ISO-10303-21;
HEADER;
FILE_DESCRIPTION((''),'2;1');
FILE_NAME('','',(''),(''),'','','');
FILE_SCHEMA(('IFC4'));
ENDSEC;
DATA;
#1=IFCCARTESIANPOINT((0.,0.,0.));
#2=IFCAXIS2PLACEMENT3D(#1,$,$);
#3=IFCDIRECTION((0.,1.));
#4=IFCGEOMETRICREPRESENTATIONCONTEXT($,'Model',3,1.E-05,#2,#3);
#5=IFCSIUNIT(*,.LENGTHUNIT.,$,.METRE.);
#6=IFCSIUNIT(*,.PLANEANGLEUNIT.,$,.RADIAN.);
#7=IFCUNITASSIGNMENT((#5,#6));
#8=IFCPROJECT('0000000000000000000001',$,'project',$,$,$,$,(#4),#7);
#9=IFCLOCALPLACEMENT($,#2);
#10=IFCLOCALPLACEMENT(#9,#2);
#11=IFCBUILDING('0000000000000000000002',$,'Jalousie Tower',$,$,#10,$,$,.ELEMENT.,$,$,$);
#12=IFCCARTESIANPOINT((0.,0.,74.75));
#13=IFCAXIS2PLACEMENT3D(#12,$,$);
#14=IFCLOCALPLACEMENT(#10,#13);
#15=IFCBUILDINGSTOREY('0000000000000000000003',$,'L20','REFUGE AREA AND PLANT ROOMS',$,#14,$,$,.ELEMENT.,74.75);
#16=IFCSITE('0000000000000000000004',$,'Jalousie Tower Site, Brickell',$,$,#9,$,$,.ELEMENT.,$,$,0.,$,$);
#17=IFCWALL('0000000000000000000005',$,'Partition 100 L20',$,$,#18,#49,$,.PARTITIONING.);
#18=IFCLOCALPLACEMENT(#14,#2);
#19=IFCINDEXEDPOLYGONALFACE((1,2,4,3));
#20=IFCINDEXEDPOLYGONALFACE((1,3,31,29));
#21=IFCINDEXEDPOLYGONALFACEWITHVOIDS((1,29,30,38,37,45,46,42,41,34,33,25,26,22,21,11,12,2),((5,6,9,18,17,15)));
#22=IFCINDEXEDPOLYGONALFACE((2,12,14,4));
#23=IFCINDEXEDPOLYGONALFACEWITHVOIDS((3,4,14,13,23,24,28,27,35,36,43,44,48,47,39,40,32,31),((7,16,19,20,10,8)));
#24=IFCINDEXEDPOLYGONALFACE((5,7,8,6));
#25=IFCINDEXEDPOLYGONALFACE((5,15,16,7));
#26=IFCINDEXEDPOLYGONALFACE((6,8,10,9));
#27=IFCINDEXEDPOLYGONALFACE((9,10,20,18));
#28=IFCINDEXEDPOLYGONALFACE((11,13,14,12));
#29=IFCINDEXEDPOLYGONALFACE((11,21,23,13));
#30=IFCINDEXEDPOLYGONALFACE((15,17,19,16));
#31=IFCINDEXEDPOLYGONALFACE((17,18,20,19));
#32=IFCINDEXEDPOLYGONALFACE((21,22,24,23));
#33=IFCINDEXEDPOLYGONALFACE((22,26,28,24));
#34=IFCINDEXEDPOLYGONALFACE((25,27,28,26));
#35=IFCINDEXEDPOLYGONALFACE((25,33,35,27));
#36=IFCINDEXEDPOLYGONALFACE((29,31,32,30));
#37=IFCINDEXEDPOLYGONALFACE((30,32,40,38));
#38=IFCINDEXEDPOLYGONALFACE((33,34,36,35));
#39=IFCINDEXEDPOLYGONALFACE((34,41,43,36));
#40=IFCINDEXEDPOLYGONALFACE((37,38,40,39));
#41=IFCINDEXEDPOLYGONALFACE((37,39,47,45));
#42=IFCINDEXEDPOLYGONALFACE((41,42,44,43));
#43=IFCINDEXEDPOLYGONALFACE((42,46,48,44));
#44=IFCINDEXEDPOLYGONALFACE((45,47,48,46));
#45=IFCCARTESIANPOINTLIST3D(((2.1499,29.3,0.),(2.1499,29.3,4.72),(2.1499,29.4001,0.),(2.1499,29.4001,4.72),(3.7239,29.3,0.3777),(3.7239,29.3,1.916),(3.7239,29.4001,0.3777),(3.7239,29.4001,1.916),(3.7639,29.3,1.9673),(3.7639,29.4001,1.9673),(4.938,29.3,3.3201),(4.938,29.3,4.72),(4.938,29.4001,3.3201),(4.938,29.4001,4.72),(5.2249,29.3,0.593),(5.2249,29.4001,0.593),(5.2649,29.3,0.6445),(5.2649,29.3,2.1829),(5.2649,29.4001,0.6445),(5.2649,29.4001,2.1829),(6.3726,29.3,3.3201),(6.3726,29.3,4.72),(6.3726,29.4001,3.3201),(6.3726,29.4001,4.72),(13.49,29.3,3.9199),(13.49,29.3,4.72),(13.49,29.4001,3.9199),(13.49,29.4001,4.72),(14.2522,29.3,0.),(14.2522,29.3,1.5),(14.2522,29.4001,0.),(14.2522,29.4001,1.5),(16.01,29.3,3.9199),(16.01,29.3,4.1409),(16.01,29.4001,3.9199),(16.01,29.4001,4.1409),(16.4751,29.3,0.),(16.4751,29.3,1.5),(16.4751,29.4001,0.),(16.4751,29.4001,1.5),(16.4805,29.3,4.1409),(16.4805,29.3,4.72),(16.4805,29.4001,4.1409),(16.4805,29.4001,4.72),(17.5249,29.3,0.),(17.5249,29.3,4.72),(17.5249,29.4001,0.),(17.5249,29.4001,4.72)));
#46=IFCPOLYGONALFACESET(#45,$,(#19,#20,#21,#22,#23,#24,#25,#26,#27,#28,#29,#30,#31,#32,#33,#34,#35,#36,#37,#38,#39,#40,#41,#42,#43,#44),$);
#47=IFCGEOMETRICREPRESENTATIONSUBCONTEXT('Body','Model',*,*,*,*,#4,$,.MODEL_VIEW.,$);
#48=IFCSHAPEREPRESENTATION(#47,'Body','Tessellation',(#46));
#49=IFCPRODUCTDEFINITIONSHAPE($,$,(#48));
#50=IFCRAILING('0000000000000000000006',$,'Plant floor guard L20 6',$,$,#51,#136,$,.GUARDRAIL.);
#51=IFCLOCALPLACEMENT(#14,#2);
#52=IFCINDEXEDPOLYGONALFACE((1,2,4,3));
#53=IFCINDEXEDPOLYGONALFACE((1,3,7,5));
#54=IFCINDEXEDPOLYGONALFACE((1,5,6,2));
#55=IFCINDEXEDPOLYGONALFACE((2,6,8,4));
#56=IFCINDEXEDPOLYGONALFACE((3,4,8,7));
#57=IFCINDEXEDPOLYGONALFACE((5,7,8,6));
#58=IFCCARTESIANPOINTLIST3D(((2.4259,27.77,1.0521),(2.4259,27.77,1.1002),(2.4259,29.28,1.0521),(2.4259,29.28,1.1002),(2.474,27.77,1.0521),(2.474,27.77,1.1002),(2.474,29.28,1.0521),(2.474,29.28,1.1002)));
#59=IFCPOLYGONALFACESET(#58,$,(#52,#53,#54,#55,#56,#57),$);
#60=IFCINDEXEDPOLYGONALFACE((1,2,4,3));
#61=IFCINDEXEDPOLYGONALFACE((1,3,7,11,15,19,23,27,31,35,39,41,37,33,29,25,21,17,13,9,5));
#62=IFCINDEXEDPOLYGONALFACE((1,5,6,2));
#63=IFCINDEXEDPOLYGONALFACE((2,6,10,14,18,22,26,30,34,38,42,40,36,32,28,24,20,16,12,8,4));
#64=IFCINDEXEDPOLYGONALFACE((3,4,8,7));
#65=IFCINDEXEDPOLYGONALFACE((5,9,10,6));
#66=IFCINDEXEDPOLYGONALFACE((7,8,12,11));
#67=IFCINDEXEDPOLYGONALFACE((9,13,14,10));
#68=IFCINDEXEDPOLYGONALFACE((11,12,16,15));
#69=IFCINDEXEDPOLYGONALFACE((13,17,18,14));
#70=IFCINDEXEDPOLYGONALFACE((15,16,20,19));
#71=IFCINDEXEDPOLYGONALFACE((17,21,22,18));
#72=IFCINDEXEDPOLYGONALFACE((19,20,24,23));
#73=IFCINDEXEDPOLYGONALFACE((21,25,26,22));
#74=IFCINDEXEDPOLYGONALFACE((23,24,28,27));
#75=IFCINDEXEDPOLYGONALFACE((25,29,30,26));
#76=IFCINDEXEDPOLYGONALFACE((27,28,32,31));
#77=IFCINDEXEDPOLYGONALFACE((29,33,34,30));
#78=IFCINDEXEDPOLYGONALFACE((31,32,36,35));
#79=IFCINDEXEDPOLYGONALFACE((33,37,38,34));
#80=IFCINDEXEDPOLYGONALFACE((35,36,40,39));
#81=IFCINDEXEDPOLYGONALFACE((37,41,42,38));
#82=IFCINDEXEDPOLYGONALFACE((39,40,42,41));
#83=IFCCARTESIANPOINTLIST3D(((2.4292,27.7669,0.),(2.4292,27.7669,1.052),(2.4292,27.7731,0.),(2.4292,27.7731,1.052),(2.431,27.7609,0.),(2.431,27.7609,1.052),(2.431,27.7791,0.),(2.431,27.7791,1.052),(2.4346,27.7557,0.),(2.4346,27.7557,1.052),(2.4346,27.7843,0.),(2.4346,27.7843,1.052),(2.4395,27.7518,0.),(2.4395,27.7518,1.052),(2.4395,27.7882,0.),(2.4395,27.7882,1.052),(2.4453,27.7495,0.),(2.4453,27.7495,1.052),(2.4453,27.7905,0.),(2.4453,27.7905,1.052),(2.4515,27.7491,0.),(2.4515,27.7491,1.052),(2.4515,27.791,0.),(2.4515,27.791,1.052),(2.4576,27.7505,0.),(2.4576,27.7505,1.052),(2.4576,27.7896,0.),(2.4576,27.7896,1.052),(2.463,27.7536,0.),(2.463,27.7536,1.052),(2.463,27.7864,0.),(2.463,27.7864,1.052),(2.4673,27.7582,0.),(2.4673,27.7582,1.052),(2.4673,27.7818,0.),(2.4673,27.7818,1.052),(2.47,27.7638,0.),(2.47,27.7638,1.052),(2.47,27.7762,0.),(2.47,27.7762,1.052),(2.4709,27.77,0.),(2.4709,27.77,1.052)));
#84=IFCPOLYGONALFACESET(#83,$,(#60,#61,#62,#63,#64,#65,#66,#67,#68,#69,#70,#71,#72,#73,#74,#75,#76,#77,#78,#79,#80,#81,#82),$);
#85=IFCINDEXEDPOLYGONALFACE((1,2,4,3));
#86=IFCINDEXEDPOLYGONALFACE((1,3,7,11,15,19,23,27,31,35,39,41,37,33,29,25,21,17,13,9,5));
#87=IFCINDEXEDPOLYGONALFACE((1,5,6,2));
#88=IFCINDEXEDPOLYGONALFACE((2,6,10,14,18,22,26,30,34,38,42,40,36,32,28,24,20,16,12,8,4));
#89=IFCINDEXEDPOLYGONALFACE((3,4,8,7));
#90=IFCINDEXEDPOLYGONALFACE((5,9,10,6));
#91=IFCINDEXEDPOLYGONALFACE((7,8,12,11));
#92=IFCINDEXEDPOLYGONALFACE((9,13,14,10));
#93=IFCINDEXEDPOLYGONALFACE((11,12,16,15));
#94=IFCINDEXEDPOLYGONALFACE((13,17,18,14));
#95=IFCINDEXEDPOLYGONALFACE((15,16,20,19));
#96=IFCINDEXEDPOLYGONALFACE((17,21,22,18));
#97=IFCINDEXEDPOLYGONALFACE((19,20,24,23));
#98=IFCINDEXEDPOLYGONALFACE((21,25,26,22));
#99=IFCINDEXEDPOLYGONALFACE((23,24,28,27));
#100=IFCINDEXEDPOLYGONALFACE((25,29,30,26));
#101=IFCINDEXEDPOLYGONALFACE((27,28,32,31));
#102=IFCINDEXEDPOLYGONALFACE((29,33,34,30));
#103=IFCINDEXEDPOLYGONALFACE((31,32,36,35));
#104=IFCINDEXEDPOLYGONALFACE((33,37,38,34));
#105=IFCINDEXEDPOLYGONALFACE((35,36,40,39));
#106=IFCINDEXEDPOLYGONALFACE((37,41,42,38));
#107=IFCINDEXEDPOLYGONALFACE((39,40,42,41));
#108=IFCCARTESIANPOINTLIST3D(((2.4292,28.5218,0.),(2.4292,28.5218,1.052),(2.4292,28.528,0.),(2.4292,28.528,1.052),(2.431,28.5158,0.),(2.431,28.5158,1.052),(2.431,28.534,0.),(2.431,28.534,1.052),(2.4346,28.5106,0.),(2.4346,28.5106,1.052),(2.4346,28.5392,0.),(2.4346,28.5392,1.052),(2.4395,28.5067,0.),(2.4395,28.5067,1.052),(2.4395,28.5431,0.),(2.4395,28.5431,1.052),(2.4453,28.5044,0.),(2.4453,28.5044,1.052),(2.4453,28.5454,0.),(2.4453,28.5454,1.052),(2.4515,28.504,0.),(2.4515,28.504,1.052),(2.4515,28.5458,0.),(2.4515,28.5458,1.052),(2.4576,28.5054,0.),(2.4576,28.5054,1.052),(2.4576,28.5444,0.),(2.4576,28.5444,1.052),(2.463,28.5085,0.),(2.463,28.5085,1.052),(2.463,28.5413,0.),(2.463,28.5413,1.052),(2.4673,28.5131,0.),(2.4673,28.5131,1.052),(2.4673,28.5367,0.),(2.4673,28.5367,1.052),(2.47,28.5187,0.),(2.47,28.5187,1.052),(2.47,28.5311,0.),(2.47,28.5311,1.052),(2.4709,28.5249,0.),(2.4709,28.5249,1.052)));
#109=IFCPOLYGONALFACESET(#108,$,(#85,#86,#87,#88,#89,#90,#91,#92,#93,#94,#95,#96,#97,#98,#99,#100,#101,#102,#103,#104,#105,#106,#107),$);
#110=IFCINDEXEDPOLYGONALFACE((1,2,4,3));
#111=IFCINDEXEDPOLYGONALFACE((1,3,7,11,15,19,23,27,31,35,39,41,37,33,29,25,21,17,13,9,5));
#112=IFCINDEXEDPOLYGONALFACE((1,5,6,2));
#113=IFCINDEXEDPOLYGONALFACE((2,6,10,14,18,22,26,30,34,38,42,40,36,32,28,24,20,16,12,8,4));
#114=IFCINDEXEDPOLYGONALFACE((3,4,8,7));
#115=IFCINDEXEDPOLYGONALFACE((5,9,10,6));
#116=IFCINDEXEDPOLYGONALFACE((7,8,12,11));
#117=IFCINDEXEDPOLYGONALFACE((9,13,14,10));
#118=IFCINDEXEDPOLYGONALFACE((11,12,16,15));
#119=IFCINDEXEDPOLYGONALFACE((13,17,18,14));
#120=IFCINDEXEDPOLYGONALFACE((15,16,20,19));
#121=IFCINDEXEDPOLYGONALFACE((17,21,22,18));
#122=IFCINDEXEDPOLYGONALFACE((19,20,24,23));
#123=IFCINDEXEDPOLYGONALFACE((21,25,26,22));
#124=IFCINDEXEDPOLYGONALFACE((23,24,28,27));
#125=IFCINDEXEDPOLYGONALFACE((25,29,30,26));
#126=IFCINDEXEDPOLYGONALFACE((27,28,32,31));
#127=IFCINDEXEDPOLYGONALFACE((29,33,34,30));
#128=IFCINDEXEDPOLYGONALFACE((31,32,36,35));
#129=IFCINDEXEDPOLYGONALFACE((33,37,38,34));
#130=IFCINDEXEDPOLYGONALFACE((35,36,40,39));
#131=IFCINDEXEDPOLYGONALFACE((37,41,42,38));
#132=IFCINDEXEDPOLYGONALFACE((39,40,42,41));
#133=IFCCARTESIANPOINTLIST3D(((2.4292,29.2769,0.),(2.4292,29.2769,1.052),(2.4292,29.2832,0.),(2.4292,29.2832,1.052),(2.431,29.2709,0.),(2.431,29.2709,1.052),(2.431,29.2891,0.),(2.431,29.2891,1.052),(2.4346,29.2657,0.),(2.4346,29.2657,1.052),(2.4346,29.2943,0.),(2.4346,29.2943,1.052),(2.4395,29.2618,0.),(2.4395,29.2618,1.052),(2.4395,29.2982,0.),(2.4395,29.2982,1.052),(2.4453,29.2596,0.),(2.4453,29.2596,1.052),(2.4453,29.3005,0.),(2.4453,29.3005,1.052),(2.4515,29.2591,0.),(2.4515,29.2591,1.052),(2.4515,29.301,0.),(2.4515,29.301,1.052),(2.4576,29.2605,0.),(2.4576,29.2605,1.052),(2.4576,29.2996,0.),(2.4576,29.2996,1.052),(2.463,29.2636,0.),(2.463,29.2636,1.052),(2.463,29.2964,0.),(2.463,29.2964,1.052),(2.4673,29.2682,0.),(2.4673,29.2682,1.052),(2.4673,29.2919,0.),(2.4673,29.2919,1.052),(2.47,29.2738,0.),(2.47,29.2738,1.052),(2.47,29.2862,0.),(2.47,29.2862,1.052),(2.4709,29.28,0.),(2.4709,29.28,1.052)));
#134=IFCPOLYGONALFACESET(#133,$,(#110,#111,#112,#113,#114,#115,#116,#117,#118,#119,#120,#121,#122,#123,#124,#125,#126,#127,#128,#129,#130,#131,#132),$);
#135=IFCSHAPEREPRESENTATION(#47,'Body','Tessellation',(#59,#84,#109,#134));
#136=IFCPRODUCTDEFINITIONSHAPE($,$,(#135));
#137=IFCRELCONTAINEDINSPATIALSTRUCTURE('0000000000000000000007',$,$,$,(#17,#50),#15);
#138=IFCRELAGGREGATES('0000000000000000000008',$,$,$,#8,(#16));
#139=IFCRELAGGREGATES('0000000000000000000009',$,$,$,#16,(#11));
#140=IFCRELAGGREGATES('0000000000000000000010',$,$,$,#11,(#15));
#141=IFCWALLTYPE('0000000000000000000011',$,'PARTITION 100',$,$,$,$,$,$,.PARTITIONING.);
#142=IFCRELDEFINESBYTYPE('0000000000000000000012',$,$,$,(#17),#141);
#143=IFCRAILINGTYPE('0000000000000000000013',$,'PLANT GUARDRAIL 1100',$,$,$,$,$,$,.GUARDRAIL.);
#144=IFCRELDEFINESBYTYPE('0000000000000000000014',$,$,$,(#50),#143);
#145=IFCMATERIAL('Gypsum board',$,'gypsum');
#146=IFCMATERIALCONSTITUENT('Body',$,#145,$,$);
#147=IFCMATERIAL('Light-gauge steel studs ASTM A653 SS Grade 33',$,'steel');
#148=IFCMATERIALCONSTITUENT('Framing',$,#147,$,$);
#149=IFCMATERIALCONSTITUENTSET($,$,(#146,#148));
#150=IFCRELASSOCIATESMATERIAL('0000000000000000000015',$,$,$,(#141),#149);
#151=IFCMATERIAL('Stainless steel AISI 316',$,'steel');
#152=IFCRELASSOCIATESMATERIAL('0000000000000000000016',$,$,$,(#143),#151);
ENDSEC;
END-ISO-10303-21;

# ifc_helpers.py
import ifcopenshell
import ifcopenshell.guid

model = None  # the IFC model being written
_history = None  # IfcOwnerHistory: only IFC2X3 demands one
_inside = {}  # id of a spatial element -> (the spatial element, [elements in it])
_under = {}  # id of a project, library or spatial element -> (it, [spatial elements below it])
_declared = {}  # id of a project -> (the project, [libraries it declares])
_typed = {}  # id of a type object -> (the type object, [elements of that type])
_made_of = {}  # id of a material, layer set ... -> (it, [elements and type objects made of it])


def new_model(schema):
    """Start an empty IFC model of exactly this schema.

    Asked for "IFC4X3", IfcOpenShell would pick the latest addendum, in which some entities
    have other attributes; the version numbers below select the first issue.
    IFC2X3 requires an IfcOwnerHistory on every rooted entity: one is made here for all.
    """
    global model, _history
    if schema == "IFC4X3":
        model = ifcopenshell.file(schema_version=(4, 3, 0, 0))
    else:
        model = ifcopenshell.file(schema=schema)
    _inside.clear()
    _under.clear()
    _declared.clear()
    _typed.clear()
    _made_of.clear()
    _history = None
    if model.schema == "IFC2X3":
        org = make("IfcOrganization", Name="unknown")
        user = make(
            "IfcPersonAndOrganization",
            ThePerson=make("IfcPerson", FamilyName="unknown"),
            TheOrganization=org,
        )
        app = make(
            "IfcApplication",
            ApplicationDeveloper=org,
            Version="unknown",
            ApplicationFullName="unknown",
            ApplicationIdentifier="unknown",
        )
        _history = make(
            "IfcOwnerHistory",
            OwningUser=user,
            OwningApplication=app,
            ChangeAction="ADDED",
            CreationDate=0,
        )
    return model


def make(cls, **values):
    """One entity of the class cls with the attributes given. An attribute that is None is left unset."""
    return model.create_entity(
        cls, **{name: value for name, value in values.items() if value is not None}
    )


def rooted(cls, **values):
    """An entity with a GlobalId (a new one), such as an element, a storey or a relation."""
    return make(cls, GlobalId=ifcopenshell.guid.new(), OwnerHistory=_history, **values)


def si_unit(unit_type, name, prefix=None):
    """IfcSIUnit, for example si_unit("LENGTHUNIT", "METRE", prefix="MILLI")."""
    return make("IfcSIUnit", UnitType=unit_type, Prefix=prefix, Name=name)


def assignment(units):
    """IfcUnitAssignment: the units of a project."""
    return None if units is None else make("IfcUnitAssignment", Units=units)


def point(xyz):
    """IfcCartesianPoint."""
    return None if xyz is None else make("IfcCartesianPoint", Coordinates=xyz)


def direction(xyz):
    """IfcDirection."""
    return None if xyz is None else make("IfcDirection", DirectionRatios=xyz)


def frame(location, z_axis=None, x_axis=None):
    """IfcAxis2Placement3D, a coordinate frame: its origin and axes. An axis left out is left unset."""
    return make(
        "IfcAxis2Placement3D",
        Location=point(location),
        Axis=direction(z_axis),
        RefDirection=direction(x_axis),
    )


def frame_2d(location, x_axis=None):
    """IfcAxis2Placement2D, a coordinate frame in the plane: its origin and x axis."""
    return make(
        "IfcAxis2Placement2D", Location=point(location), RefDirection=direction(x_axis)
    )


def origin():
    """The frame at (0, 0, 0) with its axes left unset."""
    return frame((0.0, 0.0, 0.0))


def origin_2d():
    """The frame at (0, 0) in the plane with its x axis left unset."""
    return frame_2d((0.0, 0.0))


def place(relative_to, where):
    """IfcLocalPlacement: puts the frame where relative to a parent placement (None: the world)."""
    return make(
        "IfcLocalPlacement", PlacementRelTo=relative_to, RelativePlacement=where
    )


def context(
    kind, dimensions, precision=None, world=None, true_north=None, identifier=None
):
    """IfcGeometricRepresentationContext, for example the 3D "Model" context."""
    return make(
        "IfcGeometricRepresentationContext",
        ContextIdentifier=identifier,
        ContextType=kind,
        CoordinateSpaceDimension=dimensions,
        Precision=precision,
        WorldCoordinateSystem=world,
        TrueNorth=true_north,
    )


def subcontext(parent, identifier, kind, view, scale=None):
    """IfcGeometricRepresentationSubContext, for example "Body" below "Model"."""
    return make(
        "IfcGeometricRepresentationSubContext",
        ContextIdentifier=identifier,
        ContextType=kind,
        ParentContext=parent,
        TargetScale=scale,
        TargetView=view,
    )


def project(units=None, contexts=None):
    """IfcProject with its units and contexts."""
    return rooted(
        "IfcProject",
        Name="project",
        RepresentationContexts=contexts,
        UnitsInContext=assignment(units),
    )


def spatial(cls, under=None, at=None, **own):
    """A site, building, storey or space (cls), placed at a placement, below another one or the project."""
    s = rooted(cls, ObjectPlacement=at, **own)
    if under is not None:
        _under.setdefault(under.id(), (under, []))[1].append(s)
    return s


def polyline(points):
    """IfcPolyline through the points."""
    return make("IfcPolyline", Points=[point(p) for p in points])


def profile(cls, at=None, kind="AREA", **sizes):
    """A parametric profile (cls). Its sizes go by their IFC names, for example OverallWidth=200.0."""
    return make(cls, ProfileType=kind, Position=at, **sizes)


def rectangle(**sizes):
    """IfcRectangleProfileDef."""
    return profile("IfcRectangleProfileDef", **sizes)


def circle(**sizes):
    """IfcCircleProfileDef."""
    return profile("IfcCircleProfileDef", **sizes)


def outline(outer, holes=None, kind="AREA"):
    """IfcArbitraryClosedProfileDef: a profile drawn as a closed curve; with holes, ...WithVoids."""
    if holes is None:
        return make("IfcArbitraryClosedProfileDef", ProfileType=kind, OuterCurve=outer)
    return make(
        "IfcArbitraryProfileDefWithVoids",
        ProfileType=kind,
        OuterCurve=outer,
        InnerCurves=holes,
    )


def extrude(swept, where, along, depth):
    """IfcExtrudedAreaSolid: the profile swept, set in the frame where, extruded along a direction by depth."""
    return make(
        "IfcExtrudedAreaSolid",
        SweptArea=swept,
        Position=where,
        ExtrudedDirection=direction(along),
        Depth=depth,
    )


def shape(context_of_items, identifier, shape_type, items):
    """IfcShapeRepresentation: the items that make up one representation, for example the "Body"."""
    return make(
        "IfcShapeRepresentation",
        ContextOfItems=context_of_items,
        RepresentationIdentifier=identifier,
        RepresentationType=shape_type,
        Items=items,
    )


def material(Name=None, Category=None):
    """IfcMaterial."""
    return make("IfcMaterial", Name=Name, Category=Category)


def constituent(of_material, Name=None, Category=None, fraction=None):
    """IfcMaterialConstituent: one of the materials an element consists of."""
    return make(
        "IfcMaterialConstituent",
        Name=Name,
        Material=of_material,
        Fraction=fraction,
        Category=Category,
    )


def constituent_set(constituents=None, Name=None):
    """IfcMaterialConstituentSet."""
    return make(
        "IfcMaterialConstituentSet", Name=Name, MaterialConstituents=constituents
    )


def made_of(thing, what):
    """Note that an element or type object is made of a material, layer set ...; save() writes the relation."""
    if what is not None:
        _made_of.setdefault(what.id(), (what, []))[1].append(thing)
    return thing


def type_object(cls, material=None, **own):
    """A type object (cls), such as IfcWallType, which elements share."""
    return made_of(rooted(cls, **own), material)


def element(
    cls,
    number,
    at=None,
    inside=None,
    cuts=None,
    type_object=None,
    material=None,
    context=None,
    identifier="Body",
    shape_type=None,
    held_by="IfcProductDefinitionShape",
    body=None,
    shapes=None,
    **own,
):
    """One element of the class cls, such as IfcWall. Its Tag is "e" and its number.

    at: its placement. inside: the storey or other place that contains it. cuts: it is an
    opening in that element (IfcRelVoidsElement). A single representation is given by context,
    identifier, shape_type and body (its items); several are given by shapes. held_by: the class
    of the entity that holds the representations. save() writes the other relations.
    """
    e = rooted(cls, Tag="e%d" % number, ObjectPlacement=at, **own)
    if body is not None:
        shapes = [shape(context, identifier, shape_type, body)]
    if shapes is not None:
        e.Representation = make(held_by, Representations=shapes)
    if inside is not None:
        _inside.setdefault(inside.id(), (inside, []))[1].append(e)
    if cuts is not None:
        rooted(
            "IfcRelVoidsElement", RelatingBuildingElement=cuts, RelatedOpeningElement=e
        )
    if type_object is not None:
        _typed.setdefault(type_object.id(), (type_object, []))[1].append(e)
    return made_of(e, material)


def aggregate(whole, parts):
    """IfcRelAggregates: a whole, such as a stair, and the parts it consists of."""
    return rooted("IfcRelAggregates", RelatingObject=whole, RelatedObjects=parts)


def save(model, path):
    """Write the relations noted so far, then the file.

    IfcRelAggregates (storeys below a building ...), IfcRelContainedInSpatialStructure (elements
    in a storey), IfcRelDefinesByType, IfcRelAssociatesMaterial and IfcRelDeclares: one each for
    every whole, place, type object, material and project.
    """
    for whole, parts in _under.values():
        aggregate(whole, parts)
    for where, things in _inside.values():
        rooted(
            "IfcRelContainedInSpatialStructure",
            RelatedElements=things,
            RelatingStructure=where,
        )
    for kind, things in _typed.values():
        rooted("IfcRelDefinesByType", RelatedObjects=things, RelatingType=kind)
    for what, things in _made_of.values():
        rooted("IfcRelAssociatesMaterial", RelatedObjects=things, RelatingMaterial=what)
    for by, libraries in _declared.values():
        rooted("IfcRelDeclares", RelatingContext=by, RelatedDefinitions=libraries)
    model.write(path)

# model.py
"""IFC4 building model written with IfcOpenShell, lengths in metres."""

from ifc_helpers import new_model, si_unit, direction, frame, origin, origin_2d, place, context, subcontext, project, spatial, polyline, rectangle, circle, outline, extrude, material, constituent, constituent_set, type_object, element, save


model = new_model("IFC4")

# Units and contexts
model_context = context("Model", 3, precision=1e-05, world=origin(), true_north=direction((0.0, 1.0)))
body_context = subcontext(model_context, "Body", "Model", "MODEL_VIEW")
ifc_project = project(units=[si_unit("LENGTHUNIT", "METRE"), si_unit("PLANEANGLEUNIT", "RADIAN")], contexts=[model_context])

# Site, building, storey
site_placement = place(None, origin())
site = spatial("IfcSite", under=ifc_project, at=site_placement, Name="Jalousie Tower Site, Brickell", CompositionType="ELEMENT", RefElevation=0.0)
building_placement = place(site_placement, origin())
building = spatial("IfcBuilding", under=site, at=building_placement, Name="Jalousie Tower", CompositionType="ELEMENT")
storey_placement = place(building_placement, frame((0.0, 0.0, 74.75)))
storey = spatial("IfcBuildingStorey", under=building, at=storey_placement, Name="L20", Description="REFUGE AREA AND PLANT ROOMS", CompositionType="ELEMENT", Elevation=74.75)

# Wall
ifc_material_1 = material(Name="Gypsum board", Category="gypsum")
ifc_constituent_1 = constituent(ifc_material_1, Name="Body")
ifc_material_2 = material(Name="Light-gauge steel studs ASTM A653 SS Grade 33", Category="steel")
ifc_constituent_2 = constituent(ifc_material_2, Name="Framing")
ifc_constituent_set_1 = constituent_set(constituents=[ifc_constituent_1, ifc_constituent_2])
wall_type_1 = type_object("IfcWallType", Name="PARTITION 100", PredefinedType="PARTITIONING", material=ifc_constituent_set_1)
wall_1_placement = place(storey_placement, frame((2.1499, 29.3501, 0.0), z_axis=(0.0, 0.0, 1.0), x_axis=(1.0, 0.0, 0.0)))
element("IfcWall", 1, at=wall_1_placement, inside=storey, type_object=wall_type_1, Name="Partition 100 L20", PredefinedType="PARTITIONING", context=body_context, shape_type="SweptSolid", body=[
    extrude(outline(polyline([(2.7881, 4.72), (0.0, 4.72), (0.0, 0.0), (12.1023, 0.0), (12.1023, 1.5), (14.3252, 1.5), (14.3252, 0.0), (15.375, 0.0), (15.375, 4.72), (14.3306, 4.72), (14.3306, 4.1409), (13.8601, 4.1409), (13.8601, 3.9199), (11.3401, 3.9199), (11.3401, 4.72), (4.2227, 4.72), (4.2227, 3.3201), (2.7881, 3.3201), (2.7881, 4.72)]), holes=[polyline([(1.574, 0.3777), (1.574, 1.916), (1.614, 1.9673), (3.115, 2.1829), (3.115, 0.6445), (3.075, 0.593), (1.574, 0.3777)])]), frame((0.0, 0.05, 0.0), z_axis=(0.0, -1.0, 0.0), x_axis=(1.0, 0.0, 0.0)), (0.0, 0.0, 1.0), 0.1001),
])

# Railing
ifc_material_3 = material(Name="Stainless steel AISI 316", Category="steel")
railing_type = type_object("IfcRailingType", Name="PLANT GUARDRAIL 1100", PredefinedType="GUARDRAIL", material=ifc_material_3)
railing_1_placement = place(storey_placement, frame((2.45, 27.77, 0.0)))
element("IfcRailing", 2, at=railing_1_placement, inside=storey, type_object=railing_type, Name="Plant floor guard L20 6", PredefinedType="GUARDRAIL", context=body_context, shape_type="SweptSolid", body=[
    extrude(rectangle(XDim=0.0481, YDim=0.0481, at=origin_2d()), frame((0.0, 0.0, 1.0762), z_axis=(0.0, 1.0, 0.0), x_axis=(-1.0, 0.0, 0.0)), (0.0, 0.0, 1.0), 1.51),
    extrude(circle(Radius=0.021, at=origin_2d()), origin(), (0.0, 0.0, 1.0), 1.052),
    extrude(circle(Radius=0.021, at=origin_2d()), frame((0.0, 0.7549, 0.0)), (0.0, 0.0, 1.0), 1.052),
    extrude(circle(Radius=0.021, at=origin_2d()), frame((0.0, 1.51, 0.0)), (0.0, 0.0, 1.0), 1.052),
])

save(model, "model.ifc")
